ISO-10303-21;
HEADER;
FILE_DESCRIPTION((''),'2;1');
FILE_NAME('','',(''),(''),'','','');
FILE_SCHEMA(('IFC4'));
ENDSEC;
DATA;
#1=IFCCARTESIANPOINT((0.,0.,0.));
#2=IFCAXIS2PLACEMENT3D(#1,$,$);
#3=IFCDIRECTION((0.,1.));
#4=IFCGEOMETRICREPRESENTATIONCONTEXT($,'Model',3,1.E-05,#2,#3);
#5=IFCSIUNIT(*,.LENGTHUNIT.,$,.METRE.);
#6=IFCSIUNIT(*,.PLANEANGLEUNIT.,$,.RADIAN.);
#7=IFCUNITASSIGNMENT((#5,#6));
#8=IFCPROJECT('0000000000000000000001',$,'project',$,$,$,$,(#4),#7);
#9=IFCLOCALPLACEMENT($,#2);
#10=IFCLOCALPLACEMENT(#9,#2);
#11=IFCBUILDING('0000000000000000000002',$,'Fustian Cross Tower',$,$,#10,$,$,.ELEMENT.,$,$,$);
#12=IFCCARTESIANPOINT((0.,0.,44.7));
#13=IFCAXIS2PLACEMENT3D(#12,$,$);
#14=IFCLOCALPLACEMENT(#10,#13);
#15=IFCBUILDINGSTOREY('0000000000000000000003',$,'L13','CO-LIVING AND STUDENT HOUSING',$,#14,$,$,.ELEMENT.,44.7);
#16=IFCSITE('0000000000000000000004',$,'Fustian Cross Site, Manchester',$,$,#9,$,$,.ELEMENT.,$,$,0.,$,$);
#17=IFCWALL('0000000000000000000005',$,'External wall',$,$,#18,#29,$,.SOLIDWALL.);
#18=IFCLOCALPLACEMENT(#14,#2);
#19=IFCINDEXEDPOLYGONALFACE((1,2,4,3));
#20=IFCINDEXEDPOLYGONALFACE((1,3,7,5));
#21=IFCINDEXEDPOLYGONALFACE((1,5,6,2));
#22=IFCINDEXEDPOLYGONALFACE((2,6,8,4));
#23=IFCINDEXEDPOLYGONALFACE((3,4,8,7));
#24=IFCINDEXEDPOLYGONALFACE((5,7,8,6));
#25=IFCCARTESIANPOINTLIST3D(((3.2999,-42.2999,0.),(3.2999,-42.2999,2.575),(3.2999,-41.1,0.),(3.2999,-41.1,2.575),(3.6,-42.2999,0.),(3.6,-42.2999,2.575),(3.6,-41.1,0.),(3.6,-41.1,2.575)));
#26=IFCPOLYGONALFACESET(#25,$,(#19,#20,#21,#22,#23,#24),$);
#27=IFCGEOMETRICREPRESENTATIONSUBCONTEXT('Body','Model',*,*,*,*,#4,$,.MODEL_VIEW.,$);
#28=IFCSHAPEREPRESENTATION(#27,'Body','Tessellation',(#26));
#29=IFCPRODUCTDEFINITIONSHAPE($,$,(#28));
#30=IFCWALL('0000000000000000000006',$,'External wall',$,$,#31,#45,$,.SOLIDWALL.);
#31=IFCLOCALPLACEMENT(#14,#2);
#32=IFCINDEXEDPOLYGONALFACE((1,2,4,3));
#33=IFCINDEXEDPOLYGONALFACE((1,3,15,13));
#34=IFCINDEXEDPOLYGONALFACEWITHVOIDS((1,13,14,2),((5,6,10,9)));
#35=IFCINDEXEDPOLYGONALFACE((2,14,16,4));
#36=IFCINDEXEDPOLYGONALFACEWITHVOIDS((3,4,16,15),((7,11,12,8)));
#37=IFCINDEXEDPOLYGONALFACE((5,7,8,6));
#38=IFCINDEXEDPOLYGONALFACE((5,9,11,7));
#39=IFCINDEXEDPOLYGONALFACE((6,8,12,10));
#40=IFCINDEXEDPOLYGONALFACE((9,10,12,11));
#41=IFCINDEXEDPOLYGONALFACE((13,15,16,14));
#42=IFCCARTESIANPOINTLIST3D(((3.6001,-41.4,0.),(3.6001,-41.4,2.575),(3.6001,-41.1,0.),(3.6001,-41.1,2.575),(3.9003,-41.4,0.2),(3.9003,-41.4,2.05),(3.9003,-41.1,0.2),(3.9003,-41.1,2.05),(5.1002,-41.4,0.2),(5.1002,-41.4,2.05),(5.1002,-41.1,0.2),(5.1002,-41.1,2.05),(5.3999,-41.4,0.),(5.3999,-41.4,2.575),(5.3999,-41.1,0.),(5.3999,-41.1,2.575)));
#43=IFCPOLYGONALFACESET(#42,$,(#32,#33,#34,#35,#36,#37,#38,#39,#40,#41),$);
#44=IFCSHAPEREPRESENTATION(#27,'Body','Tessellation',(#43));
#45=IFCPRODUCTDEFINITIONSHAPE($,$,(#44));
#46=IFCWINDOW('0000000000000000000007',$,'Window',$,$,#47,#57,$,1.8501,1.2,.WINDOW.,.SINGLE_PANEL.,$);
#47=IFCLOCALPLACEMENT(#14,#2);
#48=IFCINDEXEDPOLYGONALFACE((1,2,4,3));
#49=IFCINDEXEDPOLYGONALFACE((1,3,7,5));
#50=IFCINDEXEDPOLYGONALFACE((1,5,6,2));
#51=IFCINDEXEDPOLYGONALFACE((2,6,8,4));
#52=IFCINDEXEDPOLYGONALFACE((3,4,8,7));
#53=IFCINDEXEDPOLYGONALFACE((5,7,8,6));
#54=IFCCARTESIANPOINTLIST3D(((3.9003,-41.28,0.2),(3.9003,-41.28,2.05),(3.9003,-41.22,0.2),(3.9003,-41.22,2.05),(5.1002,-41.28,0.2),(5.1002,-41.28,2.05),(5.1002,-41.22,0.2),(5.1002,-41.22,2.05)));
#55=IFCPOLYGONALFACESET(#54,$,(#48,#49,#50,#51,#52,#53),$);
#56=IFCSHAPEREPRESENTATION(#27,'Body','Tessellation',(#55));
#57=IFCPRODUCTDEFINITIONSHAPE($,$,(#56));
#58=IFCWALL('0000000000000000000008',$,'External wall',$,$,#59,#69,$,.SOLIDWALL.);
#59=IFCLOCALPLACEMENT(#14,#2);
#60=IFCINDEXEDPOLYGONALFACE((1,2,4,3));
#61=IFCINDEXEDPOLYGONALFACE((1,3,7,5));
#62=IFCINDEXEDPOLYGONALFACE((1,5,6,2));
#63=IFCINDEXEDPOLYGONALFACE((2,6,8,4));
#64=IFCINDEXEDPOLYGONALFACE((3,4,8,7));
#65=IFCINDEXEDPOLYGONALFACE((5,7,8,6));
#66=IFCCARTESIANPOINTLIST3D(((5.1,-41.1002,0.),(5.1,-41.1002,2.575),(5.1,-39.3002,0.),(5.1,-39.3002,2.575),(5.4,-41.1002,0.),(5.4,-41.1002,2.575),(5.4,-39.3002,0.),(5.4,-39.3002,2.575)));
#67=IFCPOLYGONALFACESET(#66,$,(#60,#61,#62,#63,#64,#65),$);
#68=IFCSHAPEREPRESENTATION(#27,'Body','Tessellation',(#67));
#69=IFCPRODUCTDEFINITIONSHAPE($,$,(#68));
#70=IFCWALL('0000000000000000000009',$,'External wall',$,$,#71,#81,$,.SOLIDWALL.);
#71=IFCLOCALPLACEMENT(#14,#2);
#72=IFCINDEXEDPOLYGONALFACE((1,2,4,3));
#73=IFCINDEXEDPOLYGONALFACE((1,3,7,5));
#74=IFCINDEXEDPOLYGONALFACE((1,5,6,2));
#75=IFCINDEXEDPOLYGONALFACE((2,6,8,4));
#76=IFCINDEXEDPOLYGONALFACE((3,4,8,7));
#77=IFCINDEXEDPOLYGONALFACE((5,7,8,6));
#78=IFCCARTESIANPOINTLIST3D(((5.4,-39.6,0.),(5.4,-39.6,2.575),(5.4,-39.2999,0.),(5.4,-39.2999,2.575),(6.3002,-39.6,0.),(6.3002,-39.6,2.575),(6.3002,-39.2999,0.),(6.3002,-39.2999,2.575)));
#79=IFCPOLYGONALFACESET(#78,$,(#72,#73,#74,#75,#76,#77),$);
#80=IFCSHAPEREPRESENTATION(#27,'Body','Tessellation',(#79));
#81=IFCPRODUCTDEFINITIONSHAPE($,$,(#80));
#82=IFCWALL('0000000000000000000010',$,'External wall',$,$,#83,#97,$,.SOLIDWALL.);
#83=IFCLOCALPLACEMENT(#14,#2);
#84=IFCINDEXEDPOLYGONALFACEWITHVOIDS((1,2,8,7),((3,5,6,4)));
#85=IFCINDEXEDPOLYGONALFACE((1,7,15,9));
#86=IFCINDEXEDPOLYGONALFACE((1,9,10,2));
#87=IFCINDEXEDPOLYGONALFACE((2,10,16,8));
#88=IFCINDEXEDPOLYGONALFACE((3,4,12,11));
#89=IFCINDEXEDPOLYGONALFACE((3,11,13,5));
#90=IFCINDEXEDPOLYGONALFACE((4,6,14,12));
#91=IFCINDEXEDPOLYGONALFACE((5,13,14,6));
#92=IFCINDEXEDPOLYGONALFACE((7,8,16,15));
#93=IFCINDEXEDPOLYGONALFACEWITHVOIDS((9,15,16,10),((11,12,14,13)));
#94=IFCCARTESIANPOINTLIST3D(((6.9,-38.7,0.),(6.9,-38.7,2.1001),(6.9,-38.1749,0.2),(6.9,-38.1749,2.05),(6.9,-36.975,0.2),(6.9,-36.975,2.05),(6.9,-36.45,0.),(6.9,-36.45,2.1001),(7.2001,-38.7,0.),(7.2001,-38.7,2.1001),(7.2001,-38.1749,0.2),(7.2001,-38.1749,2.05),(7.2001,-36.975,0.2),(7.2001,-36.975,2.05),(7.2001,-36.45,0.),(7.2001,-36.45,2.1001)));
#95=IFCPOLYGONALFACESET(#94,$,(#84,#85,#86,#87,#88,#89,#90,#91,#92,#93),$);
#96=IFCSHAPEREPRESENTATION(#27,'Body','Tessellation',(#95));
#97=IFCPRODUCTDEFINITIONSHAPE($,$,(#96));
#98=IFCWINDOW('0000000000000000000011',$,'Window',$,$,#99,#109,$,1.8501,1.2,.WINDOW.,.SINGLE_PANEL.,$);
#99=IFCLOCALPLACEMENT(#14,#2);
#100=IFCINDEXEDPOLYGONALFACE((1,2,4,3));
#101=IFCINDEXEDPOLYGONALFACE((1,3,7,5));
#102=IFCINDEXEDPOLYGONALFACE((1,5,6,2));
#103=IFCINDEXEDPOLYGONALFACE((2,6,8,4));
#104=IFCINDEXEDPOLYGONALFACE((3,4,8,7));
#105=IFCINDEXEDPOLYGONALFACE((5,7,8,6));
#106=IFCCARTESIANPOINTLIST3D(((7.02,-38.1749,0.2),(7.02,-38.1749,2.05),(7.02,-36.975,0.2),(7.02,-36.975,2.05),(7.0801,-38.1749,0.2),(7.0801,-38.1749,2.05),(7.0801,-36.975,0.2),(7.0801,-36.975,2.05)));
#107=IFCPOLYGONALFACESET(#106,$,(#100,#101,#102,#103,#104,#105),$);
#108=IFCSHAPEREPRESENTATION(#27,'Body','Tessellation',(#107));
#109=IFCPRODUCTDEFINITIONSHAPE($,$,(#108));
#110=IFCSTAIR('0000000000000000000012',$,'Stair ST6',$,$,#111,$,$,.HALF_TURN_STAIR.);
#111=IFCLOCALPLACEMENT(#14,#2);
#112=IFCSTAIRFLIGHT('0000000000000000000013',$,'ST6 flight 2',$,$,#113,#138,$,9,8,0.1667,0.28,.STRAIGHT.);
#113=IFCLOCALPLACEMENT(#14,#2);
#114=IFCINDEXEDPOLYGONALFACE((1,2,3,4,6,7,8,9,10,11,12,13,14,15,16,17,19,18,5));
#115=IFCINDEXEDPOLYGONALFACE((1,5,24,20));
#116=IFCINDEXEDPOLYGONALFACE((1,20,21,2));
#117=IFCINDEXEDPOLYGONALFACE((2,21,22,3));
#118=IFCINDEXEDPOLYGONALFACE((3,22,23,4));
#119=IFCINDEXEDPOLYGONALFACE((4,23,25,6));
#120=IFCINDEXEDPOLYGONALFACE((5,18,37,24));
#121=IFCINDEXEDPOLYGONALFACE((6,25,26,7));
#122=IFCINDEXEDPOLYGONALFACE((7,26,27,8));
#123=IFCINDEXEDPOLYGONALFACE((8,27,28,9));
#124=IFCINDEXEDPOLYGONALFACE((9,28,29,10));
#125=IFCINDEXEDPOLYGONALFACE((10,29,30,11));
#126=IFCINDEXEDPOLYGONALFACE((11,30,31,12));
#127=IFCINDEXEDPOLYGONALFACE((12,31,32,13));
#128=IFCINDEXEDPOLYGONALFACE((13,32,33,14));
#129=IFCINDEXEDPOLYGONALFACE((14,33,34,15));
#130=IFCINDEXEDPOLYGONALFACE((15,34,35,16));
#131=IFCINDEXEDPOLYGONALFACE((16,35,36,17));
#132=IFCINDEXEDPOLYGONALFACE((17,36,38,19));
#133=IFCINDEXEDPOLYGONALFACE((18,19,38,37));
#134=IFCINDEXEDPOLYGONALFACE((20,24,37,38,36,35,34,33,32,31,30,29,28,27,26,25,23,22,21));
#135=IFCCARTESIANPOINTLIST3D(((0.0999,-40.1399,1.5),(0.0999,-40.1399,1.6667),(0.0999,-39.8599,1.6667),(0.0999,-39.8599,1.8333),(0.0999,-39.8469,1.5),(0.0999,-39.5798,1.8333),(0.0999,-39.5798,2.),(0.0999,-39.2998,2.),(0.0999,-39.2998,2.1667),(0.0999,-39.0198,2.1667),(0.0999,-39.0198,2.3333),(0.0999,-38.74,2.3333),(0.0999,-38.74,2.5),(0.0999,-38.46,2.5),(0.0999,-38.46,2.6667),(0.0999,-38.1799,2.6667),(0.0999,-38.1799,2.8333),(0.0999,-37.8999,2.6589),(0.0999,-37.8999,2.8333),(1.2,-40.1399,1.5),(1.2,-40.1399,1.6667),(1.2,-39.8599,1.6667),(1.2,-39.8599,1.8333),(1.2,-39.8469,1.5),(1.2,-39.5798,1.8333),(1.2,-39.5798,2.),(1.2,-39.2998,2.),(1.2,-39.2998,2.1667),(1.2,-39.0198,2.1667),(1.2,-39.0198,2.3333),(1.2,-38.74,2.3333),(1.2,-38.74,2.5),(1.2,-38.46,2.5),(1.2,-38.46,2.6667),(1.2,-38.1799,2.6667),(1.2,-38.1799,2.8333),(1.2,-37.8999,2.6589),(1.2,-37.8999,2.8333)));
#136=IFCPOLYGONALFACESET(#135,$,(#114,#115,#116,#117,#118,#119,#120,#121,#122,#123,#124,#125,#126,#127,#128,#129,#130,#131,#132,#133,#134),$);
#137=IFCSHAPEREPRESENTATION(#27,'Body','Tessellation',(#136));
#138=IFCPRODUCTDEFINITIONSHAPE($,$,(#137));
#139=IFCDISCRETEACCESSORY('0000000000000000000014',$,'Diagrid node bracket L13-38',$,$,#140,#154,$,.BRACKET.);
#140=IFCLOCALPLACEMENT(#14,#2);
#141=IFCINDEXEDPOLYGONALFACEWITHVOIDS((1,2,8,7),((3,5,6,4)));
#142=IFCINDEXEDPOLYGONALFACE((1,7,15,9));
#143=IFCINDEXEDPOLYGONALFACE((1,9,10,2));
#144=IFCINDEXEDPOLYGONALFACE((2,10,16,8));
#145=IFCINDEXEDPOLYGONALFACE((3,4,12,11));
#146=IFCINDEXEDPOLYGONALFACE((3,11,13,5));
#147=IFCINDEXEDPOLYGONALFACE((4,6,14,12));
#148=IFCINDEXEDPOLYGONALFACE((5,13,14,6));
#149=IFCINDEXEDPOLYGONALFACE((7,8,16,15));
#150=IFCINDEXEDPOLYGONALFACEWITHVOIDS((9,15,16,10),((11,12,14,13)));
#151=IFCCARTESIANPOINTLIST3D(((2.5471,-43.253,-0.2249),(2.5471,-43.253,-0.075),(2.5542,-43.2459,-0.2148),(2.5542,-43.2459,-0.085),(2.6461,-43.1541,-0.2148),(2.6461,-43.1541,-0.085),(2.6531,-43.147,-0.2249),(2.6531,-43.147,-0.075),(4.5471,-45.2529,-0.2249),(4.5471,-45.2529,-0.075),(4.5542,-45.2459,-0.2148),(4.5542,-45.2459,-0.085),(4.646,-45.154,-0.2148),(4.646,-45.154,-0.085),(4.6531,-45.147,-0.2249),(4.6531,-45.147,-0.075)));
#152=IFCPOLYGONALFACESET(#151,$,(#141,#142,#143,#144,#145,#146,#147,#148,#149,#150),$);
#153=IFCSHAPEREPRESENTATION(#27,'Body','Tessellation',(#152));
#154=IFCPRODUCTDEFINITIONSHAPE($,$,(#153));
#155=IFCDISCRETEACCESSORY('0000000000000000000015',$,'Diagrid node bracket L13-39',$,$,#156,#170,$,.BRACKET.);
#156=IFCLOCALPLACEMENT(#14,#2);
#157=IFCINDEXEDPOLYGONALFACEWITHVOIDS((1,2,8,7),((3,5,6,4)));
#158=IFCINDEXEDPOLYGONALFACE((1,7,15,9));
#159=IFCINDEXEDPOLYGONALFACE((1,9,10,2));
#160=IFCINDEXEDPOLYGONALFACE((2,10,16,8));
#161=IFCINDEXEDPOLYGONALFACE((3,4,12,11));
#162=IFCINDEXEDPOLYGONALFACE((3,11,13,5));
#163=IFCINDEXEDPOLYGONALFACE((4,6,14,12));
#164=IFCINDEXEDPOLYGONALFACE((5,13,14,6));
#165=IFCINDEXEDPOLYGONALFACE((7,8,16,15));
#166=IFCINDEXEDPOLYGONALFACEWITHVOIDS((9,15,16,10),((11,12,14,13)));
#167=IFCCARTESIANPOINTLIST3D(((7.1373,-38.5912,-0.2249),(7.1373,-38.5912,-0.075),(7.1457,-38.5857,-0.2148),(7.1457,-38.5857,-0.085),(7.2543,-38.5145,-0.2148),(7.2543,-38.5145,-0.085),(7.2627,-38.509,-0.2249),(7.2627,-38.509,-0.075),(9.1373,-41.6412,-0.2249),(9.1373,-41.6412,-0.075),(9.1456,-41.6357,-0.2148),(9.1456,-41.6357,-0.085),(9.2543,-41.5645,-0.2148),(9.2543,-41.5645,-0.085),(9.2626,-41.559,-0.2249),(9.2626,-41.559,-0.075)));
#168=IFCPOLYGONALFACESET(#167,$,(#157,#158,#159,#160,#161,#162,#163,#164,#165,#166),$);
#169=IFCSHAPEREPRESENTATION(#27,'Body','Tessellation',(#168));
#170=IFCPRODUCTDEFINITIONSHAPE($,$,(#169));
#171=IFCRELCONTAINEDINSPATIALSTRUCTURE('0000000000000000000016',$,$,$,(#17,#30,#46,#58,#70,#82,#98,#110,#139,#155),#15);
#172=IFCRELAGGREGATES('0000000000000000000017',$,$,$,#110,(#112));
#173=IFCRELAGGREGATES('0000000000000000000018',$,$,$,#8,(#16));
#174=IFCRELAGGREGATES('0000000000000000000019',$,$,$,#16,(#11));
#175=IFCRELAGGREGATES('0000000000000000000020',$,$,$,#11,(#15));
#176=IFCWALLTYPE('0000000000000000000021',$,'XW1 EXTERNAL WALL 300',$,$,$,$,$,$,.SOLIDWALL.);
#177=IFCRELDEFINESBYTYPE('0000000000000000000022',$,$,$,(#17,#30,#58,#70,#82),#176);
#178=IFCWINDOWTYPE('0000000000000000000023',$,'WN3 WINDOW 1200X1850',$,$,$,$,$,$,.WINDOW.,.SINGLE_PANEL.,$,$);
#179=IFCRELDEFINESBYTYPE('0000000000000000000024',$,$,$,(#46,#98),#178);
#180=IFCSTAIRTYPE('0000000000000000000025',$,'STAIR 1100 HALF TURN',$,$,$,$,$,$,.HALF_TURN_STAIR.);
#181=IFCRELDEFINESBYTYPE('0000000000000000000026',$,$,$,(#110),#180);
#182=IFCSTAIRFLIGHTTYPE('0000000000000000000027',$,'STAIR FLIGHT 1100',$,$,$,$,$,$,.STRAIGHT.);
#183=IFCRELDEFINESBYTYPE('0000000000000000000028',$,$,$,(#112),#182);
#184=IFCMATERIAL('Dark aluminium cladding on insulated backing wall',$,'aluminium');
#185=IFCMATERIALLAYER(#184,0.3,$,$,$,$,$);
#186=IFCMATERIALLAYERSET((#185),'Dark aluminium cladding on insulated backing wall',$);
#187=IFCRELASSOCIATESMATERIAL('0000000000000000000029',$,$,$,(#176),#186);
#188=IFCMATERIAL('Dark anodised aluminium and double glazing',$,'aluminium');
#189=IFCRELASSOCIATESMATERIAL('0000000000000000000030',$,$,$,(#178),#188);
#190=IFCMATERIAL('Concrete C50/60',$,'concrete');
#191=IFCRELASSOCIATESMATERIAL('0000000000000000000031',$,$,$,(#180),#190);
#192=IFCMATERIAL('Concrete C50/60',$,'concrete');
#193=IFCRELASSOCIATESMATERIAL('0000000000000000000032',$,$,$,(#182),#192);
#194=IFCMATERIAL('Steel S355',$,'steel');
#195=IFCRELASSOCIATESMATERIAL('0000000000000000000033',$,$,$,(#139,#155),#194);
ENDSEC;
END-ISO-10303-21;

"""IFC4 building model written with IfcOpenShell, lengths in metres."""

from ifc_helpers import new_model, si_unit, direction, frame, frame_2d, origin, origin_2d, place, context, subcontext, project, spatial, polyline, rectangle, hollow_rectangle, outline, extrude, material, layer, layer_set, type_object, element, fill, aggregate, save


model = new_model("IFC4")

# Units and contexts
model_context = context("Model", 3, precision=1e-05, world=origin(), true_north=direction((0.0, 1.0)))
body_context = subcontext(model_context, "Body", "Model", "MODEL_VIEW")
ifc_project = project(units=[si_unit("LENGTHUNIT", "METRE"), si_unit("PLANEANGLEUNIT", "RADIAN")], contexts=[model_context])

# Site, building, storey
site_placement = place(None, origin())
site = spatial("IfcSite", under=ifc_project, at=site_placement, Name="Fustian Cross Site, Manchester", CompositionType="ELEMENT", RefElevation=0.0)
building_placement = place(site_placement, origin())
building = spatial("IfcBuilding", under=site, at=building_placement, Name="Fustian Cross Tower", CompositionType="ELEMENT")
storey_placement = place(building_placement, frame((0.0, 0.0, 44.7)))
storey = spatial("IfcBuildingStorey", under=building, at=storey_placement, Name="L13", Description="CO-LIVING AND STUDENT HOUSING", CompositionType="ELEMENT", Elevation=44.7)

# Wall
ifc_material_1 = material(Name="Dark aluminium cladding on insulated backing wall", Category="aluminium")
ifc_layer_1 = layer(ifc_material_1, 0.3)
ifc_layer_set_1 = layer_set([ifc_layer_1], Name="Dark aluminium cladding on insulated backing wall")
wall_type_1 = type_object("IfcWallType", Name="XW1 EXTERNAL WALL 300", PredefinedType="SOLIDWALL", material=ifc_layer_set_1)
wall_1_placement = place(storey_placement, frame((3.45, -42.3, 0.0), z_axis=(0.0, 0.0, 1.0), x_axis=(0.0, 1.0, 0.0)))
element("IfcWall", 1, at=wall_1_placement, inside=storey, type_object=wall_type_1, Name="External wall", PredefinedType="SOLIDWALL", context=body_context, shape_type="SweptSolid", body=[
    extrude(rectangle(XDim=1.2, YDim=0.3, at=frame_2d((0.6001, 0.0))), origin(), (0.0, 0.0, 1.0), 2.575),
])

# Wall, opening, window
wall_2_placement = place(storey_placement, frame((3.6001, -41.25, 0.0), z_axis=(0.0, 0.0, 1.0), x_axis=(1.0, 0.0, 0.0)))
wall_2 = element("IfcWall", 2, at=wall_2_placement, inside=storey, type_object=wall_type_1, Name="External wall", PredefinedType="SOLIDWALL", context=body_context, shape_type="SweptSolid", body=[
    extrude(rectangle(XDim=1.7998, YDim=0.3, at=frame_2d((0.8999, 0.0))), origin(), (0.0, 0.0, 1.0), 2.575),
])
opening_1_placement = place(wall_2_placement, frame((0.3, 0.0, 0.2)))
opening_1 = element("IfcOpeningElement", 3, at=opening_1_placement, cuts=wall_2, PredefinedType="OPENING", context=body_context, shape_type="SweptSolid", body=[
    extrude(rectangle(XDim=1.2, YDim=1.8501, at=frame_2d((0.6001, 0.925))), frame((0.0, 0.1599, 0.0), z_axis=(0.0, -1.0, 0.0), x_axis=(1.0, 0.0, 0.0)), (0.0, 0.0, 1.0), 0.3201),
])
ifc_material_2 = material(Name="Dark anodised aluminium and double glazing", Category="aluminium")
window_type = type_object("IfcWindowType", Name="WN3 WINDOW 1200X1850", PartitioningType="SINGLE_PANEL", PredefinedType="WINDOW", material=ifc_material_2)
window_1_placement = place(opening_1_placement, origin())
window_1 = element("IfcWindow", 4, at=window_1_placement, inside=storey, type_object=window_type, Name="Window", OverallHeight=1.8501, OverallWidth=1.2, PartitioningType="SINGLE_PANEL", PredefinedType="WINDOW", context=body_context, shape_type="SweptSolid", body=[
    extrude(rectangle(XDim=1.2, YDim=1.8501, at=frame_2d((0.6001, 0.925))), frame((0.0, 0.03, 0.0), z_axis=(0.0, -1.0, 0.0), x_axis=(1.0, 0.0, 0.0)), (0.0, 0.0, 1.0), 0.0601),
])
fill(opening_1, window_1)

# Walls
wall_3_placement = place(storey_placement, frame((5.25, -41.1001, 0.0), z_axis=(0.0, 0.0, 1.0), x_axis=(0.0, 1.0, 0.0)))
element("IfcWall", 5, at=wall_3_placement, inside=storey, type_object=wall_type_1, Name="External wall", PredefinedType="SOLIDWALL", context=body_context, shape_type="SweptSolid", body=[
    extrude(rectangle(XDim=1.8, YDim=0.3, at=frame_2d((0.8999, 0.0))), origin(), (0.0, 0.0, 1.0), 2.575),
])
wall_4_placement = place(storey_placement, frame((5.3999, -39.45, 0.0), z_axis=(0.0, 0.0, 1.0), x_axis=(1.0, 0.0, 0.0)))
element("IfcWall", 6, at=wall_4_placement, inside=storey, type_object=wall_type_1, Name="External wall", PredefinedType="SOLIDWALL", context=body_context, shape_type="SweptSolid", body=[
    extrude(rectangle(XDim=0.9001, YDim=0.3, at=frame_2d((0.4502, 0.0))), origin(), (0.0, 0.0, 1.0), 2.575),
])

# Wall, opening, window
wall_5_placement = place(storey_placement, frame((7.05, -38.7, 0.0), z_axis=(0.0, 0.0, 1.0), x_axis=(0.0, 1.0, 0.0)))
wall_5 = element("IfcWall", 7, at=wall_5_placement, inside=storey, type_object=wall_type_1, Name="External wall", PredefinedType="SOLIDWALL", context=body_context, shape_type="SweptSolid", body=[
    extrude(rectangle(XDim=2.25, YDim=0.3, at=frame_2d((1.125, 0.0))), origin(), (0.0, 0.0, 1.0), 2.1001),
])
opening_2_placement = place(wall_5_placement, frame((0.5249, 0.0, 0.2)))
opening_2 = element("IfcOpeningElement", 8, at=opening_2_placement, cuts=wall_5, PredefinedType="OPENING", context=body_context, shape_type="SweptSolid", body=[
    extrude(rectangle(XDim=1.2, YDim=1.8501, at=frame_2d((0.6001, 0.925))), frame((0.0, 0.1599, 0.0), z_axis=(0.0, -1.0, 0.0), x_axis=(1.0, 0.0, 0.0)), (0.0, 0.0, 1.0), 0.3201),
])
window_2_placement = place(opening_2_placement, origin())
window_2 = element("IfcWindow", 9, at=window_2_placement, inside=storey, type_object=window_type, Name="Window", OverallHeight=1.8501, OverallWidth=1.2, PartitioningType="SINGLE_PANEL", PredefinedType="WINDOW", context=body_context, shape_type="SweptSolid", body=[
    extrude(rectangle(XDim=1.2, YDim=1.8501, at=frame_2d((0.6001, 0.925))), frame((0.0, 0.03, 0.0), z_axis=(0.0, -1.0, 0.0), x_axis=(1.0, 0.0, 0.0)), (0.0, 0.0, 1.0), 0.0601),
])
fill(opening_2, window_2)

# Stair, stair flight
ifc_material_3 = material(Name="Concrete C50/60", Category="concrete")
stair_type = type_object("IfcStairType", Name="STAIR 1100 HALF TURN", PredefinedType="HALF_TURN_STAIR", material=ifc_material_3)
stair_placement = place(storey_placement, origin())
stair = element("IfcStair", 10, at=stair_placement, inside=storey, type_object=stair_type, Name="Stair ST6", PredefinedType="HALF_TURN_STAIR")
ifc_material_4 = material(Name="Concrete C50/60", Category="concrete")
stair_flight_type = type_object("IfcStairFlightType", Name="STAIR FLIGHT 1100", PredefinedType="STRAIGHT", material=ifc_material_4)
stair_flight_placement = place(storey_placement, frame((0.6499, -40.1399, 1.5), z_axis=(0.0, 0.0, 1.0), x_axis=(0.0, 1.0, 0.0)))
stair_flight = element("IfcStairFlight", 11, at=stair_flight_placement, type_object=stair_flight_type, Name="ST6 flight 2", NumberOfRisers=9, NumberOfTreads=8, PredefinedType="STRAIGHT", RiserHeight=0.1667, TreadLength=0.28, context=body_context, shape_type="SweptSolid", body=[
    extrude(outline(polyline([(0.0, 0.0), (0.0, 0.1667), (0.28, 0.1667), (0.28, 0.3333), (0.5601, 0.3333), (0.5601, 0.5), (0.8401, 0.5), (0.8401, 0.6667), (1.1201, 0.6667), (1.1201, 0.8333), (1.3999, 0.8333), (1.3999, 1.0), (1.6799, 1.0), (1.6799, 1.1667), (1.96, 1.1667), (1.96, 1.3333), (2.24, 1.3333), (2.24, 1.5), (2.24, 1.1589), (0.293, 0.0), (0.0, 0.0)])), frame((0.0, 0.55, 0.0), z_axis=(0.0, -1.0, 0.0), x_axis=(1.0, 0.0, 0.0)), (0.0, 0.0, 1.0), 1.1001),
])
aggregate(stair, [stair_flight])

# Discrete accessories
ifc_material_5 = material(Name="Steel S355", Category="steel")
discrete_accessory_1_placement = place(storey_placement, frame((4.6001, -45.2, -0.1499), z_axis=(-0.707107, 0.707107, 0.0), x_axis=(-0.707107, -0.707107, 0.0)))
element("IfcDiscreteAccessory", 12, at=discrete_accessory_1_placement, inside=storey, material=ifc_material_5, Name="Diagrid node bracket L13-38", PredefinedType="BRACKET", context=body_context, shape_type="SweptSolid", body=[
    extrude(hollow_rectangle(XDim=0.1499, YDim=0.1499, WallThickness=0.01, at=origin_2d()), origin(), (0.0, 0.0, 1.0), 2.8284),
])
discrete_accessory_2_placement = place(storey_placement, frame((9.2, -41.6001, -0.1499), z_axis=(-0.548351, 0.836248, 0.0), x_axis=(-0.836248, -0.548351, 0.0)))
element("IfcDiscreteAccessory", 13, at=discrete_accessory_2_placement, inside=storey, material=ifc_material_5, Name="Diagrid node bracket L13-39", PredefinedType="BRACKET", context=body_context, shape_type="SweptSolid", body=[
    extrude(hollow_rectangle(XDim=0.1499, YDim=0.1499, WallThickness=0.01, at=origin_2d()), origin(), (0.0, 0.0, 1.0), 3.6472),
])

save(model, "model.ifc")
